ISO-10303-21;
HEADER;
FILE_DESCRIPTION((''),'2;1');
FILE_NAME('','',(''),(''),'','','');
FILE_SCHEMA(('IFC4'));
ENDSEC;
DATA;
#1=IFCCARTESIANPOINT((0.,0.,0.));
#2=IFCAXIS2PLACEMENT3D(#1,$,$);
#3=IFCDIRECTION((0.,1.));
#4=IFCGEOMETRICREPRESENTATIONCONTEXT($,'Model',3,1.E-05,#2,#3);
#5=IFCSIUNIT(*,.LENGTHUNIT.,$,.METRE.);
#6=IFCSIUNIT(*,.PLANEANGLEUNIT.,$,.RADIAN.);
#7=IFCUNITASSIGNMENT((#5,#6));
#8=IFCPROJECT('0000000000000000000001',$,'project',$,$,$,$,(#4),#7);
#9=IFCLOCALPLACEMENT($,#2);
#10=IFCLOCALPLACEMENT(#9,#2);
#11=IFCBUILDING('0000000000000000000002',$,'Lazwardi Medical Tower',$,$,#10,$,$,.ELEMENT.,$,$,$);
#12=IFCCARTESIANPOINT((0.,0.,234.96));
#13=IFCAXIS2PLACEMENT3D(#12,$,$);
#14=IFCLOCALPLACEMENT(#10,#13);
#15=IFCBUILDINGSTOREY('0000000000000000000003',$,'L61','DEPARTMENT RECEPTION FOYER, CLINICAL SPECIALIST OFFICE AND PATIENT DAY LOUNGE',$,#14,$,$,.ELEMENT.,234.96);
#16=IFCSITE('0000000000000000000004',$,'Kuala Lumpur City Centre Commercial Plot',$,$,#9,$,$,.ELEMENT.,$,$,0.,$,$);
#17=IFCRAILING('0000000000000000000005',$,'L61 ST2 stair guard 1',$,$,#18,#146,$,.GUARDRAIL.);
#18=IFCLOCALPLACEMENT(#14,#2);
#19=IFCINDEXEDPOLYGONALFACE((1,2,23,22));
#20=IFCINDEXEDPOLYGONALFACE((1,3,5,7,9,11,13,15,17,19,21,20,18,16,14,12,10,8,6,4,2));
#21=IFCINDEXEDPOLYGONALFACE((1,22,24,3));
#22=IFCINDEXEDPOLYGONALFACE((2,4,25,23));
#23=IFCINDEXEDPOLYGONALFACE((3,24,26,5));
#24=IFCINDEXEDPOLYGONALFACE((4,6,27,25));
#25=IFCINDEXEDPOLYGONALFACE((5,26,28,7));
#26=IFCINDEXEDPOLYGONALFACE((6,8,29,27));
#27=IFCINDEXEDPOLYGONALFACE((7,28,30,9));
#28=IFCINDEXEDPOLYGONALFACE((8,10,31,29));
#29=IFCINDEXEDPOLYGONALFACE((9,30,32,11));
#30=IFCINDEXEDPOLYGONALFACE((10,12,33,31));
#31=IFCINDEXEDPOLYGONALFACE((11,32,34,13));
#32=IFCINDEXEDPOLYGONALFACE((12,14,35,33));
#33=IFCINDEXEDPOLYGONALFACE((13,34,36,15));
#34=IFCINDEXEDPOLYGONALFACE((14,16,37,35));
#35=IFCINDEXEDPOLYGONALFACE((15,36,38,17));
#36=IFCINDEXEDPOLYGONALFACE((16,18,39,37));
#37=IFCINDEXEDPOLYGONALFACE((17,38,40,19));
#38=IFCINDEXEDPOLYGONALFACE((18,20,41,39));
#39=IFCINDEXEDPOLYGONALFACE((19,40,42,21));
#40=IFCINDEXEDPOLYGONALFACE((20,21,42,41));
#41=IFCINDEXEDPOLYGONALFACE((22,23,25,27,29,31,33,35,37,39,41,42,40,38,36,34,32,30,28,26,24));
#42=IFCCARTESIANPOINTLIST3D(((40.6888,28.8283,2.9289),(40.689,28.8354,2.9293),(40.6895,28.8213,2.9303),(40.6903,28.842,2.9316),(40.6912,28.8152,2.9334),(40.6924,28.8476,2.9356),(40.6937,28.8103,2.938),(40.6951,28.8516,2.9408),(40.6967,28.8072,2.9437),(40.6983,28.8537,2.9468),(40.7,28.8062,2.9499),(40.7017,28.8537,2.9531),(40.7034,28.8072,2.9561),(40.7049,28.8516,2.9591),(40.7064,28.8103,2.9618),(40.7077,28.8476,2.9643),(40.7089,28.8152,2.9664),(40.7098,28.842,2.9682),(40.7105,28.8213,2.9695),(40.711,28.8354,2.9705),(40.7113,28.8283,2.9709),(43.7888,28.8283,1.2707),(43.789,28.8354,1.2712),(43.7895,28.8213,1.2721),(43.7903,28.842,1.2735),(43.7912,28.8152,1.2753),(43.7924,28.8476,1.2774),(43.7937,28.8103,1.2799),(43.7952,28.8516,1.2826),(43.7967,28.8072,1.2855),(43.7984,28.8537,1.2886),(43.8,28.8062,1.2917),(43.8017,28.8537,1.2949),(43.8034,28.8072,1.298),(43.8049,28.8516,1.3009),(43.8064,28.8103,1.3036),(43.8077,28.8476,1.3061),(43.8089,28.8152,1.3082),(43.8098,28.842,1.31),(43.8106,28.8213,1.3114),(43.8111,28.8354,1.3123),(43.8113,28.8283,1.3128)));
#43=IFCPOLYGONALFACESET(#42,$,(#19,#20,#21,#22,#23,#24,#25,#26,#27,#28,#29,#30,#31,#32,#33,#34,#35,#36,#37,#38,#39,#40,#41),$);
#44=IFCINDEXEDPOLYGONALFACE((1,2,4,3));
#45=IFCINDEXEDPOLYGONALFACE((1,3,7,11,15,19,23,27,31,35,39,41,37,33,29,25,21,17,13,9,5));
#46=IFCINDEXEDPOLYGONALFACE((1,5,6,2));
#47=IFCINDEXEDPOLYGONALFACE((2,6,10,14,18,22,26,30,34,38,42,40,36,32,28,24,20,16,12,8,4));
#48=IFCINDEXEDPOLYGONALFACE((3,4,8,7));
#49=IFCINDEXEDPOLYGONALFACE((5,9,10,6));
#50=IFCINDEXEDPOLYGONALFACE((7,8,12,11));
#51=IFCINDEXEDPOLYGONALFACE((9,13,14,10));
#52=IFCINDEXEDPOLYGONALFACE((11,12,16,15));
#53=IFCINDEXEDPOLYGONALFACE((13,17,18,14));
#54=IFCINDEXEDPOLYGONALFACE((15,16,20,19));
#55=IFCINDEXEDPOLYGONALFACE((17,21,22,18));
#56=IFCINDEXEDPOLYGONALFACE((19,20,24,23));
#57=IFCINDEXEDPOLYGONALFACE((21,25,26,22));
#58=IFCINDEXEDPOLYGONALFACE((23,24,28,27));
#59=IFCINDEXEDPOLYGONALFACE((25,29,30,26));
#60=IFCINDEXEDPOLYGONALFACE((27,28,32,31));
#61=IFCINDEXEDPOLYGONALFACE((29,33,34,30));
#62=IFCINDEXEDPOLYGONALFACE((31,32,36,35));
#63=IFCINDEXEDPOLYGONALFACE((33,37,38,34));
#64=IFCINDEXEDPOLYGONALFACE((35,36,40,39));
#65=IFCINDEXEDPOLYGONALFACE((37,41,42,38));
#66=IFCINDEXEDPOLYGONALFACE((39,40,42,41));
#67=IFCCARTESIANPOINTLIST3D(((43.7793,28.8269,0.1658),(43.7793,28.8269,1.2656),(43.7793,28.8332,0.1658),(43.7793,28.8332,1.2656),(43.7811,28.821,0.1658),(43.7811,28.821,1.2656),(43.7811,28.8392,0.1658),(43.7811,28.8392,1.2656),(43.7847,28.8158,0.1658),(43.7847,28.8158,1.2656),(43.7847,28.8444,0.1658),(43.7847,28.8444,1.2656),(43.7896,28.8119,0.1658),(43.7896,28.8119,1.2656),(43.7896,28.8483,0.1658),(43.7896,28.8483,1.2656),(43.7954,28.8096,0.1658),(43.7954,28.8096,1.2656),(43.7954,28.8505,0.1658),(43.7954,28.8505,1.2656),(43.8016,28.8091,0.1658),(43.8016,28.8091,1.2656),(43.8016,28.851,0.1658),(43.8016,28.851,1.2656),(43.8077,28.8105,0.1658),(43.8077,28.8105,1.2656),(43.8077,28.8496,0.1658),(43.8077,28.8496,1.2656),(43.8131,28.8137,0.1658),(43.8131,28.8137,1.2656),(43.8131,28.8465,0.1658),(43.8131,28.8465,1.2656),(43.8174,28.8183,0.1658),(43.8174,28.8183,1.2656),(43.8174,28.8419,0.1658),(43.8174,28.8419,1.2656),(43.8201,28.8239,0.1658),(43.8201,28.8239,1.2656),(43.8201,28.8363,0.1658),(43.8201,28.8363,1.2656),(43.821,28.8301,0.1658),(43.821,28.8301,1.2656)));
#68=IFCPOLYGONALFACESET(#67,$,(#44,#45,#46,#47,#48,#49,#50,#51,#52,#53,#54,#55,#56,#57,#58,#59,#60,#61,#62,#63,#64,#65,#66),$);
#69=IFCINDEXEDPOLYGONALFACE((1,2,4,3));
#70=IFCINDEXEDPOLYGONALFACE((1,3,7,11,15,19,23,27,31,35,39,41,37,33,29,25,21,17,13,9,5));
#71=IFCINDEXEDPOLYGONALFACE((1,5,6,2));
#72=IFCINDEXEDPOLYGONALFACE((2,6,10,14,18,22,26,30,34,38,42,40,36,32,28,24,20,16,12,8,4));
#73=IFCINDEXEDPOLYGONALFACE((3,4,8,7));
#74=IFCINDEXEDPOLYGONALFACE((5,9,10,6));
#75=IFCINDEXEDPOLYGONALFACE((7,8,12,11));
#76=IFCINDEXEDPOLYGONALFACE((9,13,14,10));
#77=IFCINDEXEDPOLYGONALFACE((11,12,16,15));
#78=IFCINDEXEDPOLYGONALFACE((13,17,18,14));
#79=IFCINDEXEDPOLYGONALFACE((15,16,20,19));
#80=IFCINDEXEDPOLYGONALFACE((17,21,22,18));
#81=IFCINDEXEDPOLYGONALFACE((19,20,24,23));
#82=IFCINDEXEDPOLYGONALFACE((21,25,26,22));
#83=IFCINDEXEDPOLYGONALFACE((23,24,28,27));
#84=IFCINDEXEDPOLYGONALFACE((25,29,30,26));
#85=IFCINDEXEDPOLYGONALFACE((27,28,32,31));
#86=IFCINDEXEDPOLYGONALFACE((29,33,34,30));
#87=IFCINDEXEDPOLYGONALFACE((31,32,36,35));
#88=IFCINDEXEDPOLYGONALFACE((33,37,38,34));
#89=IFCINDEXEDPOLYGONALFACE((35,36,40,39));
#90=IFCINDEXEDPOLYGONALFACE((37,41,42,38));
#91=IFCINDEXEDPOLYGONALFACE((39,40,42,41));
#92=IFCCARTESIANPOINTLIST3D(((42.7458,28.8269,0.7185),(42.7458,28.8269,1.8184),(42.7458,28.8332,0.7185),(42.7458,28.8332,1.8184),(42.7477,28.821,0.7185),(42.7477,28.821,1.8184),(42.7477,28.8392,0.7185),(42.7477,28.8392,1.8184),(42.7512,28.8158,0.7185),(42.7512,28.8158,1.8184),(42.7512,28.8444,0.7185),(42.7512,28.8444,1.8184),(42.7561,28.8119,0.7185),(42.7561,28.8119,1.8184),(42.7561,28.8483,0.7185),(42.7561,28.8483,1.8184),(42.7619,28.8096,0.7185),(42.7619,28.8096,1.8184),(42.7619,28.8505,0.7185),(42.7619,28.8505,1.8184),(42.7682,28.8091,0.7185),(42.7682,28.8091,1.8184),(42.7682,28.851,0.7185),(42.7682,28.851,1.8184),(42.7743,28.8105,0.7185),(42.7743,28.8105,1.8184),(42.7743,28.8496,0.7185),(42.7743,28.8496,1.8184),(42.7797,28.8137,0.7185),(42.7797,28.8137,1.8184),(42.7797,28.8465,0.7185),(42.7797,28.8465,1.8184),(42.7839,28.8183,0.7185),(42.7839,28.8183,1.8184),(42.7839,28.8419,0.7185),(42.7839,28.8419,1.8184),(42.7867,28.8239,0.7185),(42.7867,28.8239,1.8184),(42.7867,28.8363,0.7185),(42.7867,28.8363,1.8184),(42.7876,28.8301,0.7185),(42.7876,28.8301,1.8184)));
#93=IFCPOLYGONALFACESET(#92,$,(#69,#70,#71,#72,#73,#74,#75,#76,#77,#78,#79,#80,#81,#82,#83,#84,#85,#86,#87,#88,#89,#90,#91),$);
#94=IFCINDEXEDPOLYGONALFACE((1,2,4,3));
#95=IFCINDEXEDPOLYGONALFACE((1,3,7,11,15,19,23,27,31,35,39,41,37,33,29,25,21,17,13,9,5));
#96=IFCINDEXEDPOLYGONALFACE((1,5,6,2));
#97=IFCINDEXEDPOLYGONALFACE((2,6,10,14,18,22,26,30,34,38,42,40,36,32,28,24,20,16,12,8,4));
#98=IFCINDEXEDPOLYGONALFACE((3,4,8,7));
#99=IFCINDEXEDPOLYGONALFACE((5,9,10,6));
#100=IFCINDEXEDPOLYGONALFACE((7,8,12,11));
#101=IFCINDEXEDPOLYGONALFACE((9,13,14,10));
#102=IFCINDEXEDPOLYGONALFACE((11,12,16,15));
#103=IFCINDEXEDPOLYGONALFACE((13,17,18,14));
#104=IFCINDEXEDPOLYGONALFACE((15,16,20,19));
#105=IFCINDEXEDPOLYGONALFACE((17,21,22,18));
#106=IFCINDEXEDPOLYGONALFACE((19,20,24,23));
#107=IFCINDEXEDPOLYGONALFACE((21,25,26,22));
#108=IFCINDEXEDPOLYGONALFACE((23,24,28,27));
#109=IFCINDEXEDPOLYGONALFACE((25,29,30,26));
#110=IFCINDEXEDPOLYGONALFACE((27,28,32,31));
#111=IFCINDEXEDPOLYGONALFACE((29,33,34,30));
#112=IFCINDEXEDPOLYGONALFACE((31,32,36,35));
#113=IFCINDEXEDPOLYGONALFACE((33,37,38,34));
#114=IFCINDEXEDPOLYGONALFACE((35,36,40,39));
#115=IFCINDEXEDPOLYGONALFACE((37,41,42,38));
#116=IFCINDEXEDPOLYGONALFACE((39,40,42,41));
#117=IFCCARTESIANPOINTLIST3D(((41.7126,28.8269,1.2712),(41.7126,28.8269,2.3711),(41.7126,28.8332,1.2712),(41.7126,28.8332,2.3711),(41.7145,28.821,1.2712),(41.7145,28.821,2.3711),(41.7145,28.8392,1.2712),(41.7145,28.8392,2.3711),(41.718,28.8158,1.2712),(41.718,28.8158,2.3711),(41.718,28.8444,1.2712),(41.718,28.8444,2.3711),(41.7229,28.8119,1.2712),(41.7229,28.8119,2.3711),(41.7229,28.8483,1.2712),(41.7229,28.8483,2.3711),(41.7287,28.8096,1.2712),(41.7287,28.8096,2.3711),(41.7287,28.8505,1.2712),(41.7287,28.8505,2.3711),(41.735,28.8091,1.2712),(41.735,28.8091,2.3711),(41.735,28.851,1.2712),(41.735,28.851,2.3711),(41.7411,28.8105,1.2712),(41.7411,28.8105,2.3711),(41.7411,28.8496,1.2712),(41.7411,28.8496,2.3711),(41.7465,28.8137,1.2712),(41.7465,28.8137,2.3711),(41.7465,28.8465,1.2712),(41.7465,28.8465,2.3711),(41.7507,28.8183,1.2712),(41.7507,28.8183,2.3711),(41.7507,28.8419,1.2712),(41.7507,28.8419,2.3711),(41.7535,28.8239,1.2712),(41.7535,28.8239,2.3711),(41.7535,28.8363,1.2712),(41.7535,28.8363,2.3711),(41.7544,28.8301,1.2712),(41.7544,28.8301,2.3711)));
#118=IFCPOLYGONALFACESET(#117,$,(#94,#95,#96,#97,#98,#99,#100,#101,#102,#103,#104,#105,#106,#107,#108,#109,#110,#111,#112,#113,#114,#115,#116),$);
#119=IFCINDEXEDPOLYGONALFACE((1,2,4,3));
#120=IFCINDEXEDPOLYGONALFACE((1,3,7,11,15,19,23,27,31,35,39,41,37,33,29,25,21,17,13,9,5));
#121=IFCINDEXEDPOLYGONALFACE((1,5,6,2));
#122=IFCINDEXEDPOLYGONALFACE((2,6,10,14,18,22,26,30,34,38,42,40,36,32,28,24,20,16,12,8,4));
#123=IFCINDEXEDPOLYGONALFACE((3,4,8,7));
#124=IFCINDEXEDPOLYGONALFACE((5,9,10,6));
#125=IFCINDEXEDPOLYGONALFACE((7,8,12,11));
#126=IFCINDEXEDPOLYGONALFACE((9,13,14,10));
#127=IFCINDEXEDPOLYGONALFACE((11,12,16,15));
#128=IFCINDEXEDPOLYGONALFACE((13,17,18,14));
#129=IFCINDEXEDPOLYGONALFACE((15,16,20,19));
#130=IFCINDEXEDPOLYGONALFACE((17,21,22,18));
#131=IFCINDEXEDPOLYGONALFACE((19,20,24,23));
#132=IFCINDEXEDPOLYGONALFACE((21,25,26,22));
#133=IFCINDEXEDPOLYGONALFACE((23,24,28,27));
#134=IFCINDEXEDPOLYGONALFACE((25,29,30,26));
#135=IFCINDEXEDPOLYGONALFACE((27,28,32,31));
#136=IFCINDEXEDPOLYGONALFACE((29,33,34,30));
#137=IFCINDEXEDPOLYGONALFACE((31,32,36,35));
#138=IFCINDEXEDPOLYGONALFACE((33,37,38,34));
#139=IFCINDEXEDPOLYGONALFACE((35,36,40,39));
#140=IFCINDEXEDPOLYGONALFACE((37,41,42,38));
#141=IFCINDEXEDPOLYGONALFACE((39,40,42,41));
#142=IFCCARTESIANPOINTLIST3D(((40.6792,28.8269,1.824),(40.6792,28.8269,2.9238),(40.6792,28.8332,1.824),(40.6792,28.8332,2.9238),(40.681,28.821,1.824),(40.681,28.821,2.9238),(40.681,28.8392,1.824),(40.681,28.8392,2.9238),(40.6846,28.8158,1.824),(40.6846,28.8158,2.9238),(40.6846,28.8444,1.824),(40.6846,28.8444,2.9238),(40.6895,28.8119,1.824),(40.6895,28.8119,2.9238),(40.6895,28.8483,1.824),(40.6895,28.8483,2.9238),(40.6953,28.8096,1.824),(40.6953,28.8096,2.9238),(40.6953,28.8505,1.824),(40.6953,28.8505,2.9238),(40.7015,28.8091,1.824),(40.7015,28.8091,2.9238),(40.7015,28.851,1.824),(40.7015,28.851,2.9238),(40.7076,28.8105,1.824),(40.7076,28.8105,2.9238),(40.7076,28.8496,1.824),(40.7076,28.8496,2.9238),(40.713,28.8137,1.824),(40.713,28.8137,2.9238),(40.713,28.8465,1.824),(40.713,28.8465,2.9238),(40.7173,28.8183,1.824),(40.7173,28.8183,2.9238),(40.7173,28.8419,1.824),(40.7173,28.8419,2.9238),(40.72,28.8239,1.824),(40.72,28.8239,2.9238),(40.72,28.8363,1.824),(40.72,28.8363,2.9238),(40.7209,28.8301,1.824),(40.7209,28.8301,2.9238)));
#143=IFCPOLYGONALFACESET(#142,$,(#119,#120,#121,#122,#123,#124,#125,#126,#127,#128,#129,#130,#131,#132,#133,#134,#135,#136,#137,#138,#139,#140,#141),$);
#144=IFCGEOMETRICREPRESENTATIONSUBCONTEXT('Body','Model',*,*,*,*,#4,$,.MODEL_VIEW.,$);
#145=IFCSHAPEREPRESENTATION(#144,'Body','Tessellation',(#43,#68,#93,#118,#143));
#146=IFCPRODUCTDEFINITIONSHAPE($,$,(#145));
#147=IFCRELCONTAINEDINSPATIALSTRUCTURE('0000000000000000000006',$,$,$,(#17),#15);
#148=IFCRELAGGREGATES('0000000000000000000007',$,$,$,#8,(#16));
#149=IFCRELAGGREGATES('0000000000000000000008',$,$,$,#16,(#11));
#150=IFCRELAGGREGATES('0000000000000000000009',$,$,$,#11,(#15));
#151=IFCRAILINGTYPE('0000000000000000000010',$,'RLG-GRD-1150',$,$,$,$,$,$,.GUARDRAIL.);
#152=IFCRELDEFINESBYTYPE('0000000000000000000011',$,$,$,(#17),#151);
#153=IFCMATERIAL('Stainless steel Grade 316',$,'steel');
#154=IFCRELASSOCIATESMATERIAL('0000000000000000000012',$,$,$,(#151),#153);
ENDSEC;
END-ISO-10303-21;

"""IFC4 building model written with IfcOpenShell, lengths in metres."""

from ifc_helpers import new_model, si_unit, direction, frame, origin, origin_2d, place, context, subcontext, project, spatial, circle, extrude, material, type_object, element, save


model = new_model("IFC4")

# Units and contexts
model_context = context("Model", 3, precision=1e-05, world=origin(), true_north=direction((0.0, 1.0)))
body_context = subcontext(model_context, "Body", "Model", "MODEL_VIEW")
ifc_project = project(units=[si_unit("LENGTHUNIT", "METRE"), si_unit("PLANEANGLEUNIT", "RADIAN")], contexts=[model_context])

# Site, building, storey
site_placement = place(None, origin())
site = spatial("IfcSite", under=ifc_project, at=site_placement, Name="Kuala Lumpur City Centre Commercial Plot", CompositionType="ELEMENT", RefElevation=0.0)
building_placement = place(site_placement, origin())
building = spatial("IfcBuilding", under=site, at=building_placement, Name="Lazwardi Medical Tower", CompositionType="ELEMENT")
storey_placement = place(building_placement, frame((0.0, 0.0, 234.96)))
storey = spatial("IfcBuildingStorey", under=building, at=storey_placement, Name="L61", Description="DEPARTMENT RECEPTION FOYER, CLINICAL SPECIALIST OFFICE AND PATIENT DAY LOUNGE", CompositionType="ELEMENT", Elevation=234.96)

# Railing
ifc_material_1 = material(Name="Stainless steel Grade 316", Category="steel")
railing_type_1 = type_object("IfcRailingType", Name="RLG-GRD-1150", PredefinedType="GUARDRAIL", material=ifc_material_1)
railing_1_placement = place(storey_placement, frame((43.8, 28.8301, 0.1658)))
element("IfcRailing", 1, at=railing_1_placement, inside=storey, type_object=railing_type_1, Name="L61 ST2 stair guard 1", PredefinedType="GUARDRAIL", context=body_context, shape_type="SweptSolid", body=[
    extrude(circle(Radius=0.0239, at=origin_2d()), frame((0.0, 0.0, 1.126), z_axis=(-0.881783, 0.0, 0.471655), x_axis=(0.0, -1.0, 0.0)), (0.0, 0.0, 1.0), 3.5156),
    extrude(circle(Radius=0.021, at=origin_2d()), origin(), (0.0, 0.0, 1.0), 1.0999),
    extrude(circle(Radius=0.021, at=origin_2d()), frame((-1.0334, 0.0, 0.5527)), (0.0, 0.0, 1.0), 1.0999),
    extrude(circle(Radius=0.021, at=origin_2d()), frame((-2.0667, 0.0, 1.1055)), (0.0, 0.0, 1.0), 1.0999),
    extrude(circle(Radius=0.021, at=origin_2d()), frame((-3.1001, 0.0, 1.6582)), (0.0, 0.0, 1.0), 1.0999),
])

save(model, "model.ifc")
